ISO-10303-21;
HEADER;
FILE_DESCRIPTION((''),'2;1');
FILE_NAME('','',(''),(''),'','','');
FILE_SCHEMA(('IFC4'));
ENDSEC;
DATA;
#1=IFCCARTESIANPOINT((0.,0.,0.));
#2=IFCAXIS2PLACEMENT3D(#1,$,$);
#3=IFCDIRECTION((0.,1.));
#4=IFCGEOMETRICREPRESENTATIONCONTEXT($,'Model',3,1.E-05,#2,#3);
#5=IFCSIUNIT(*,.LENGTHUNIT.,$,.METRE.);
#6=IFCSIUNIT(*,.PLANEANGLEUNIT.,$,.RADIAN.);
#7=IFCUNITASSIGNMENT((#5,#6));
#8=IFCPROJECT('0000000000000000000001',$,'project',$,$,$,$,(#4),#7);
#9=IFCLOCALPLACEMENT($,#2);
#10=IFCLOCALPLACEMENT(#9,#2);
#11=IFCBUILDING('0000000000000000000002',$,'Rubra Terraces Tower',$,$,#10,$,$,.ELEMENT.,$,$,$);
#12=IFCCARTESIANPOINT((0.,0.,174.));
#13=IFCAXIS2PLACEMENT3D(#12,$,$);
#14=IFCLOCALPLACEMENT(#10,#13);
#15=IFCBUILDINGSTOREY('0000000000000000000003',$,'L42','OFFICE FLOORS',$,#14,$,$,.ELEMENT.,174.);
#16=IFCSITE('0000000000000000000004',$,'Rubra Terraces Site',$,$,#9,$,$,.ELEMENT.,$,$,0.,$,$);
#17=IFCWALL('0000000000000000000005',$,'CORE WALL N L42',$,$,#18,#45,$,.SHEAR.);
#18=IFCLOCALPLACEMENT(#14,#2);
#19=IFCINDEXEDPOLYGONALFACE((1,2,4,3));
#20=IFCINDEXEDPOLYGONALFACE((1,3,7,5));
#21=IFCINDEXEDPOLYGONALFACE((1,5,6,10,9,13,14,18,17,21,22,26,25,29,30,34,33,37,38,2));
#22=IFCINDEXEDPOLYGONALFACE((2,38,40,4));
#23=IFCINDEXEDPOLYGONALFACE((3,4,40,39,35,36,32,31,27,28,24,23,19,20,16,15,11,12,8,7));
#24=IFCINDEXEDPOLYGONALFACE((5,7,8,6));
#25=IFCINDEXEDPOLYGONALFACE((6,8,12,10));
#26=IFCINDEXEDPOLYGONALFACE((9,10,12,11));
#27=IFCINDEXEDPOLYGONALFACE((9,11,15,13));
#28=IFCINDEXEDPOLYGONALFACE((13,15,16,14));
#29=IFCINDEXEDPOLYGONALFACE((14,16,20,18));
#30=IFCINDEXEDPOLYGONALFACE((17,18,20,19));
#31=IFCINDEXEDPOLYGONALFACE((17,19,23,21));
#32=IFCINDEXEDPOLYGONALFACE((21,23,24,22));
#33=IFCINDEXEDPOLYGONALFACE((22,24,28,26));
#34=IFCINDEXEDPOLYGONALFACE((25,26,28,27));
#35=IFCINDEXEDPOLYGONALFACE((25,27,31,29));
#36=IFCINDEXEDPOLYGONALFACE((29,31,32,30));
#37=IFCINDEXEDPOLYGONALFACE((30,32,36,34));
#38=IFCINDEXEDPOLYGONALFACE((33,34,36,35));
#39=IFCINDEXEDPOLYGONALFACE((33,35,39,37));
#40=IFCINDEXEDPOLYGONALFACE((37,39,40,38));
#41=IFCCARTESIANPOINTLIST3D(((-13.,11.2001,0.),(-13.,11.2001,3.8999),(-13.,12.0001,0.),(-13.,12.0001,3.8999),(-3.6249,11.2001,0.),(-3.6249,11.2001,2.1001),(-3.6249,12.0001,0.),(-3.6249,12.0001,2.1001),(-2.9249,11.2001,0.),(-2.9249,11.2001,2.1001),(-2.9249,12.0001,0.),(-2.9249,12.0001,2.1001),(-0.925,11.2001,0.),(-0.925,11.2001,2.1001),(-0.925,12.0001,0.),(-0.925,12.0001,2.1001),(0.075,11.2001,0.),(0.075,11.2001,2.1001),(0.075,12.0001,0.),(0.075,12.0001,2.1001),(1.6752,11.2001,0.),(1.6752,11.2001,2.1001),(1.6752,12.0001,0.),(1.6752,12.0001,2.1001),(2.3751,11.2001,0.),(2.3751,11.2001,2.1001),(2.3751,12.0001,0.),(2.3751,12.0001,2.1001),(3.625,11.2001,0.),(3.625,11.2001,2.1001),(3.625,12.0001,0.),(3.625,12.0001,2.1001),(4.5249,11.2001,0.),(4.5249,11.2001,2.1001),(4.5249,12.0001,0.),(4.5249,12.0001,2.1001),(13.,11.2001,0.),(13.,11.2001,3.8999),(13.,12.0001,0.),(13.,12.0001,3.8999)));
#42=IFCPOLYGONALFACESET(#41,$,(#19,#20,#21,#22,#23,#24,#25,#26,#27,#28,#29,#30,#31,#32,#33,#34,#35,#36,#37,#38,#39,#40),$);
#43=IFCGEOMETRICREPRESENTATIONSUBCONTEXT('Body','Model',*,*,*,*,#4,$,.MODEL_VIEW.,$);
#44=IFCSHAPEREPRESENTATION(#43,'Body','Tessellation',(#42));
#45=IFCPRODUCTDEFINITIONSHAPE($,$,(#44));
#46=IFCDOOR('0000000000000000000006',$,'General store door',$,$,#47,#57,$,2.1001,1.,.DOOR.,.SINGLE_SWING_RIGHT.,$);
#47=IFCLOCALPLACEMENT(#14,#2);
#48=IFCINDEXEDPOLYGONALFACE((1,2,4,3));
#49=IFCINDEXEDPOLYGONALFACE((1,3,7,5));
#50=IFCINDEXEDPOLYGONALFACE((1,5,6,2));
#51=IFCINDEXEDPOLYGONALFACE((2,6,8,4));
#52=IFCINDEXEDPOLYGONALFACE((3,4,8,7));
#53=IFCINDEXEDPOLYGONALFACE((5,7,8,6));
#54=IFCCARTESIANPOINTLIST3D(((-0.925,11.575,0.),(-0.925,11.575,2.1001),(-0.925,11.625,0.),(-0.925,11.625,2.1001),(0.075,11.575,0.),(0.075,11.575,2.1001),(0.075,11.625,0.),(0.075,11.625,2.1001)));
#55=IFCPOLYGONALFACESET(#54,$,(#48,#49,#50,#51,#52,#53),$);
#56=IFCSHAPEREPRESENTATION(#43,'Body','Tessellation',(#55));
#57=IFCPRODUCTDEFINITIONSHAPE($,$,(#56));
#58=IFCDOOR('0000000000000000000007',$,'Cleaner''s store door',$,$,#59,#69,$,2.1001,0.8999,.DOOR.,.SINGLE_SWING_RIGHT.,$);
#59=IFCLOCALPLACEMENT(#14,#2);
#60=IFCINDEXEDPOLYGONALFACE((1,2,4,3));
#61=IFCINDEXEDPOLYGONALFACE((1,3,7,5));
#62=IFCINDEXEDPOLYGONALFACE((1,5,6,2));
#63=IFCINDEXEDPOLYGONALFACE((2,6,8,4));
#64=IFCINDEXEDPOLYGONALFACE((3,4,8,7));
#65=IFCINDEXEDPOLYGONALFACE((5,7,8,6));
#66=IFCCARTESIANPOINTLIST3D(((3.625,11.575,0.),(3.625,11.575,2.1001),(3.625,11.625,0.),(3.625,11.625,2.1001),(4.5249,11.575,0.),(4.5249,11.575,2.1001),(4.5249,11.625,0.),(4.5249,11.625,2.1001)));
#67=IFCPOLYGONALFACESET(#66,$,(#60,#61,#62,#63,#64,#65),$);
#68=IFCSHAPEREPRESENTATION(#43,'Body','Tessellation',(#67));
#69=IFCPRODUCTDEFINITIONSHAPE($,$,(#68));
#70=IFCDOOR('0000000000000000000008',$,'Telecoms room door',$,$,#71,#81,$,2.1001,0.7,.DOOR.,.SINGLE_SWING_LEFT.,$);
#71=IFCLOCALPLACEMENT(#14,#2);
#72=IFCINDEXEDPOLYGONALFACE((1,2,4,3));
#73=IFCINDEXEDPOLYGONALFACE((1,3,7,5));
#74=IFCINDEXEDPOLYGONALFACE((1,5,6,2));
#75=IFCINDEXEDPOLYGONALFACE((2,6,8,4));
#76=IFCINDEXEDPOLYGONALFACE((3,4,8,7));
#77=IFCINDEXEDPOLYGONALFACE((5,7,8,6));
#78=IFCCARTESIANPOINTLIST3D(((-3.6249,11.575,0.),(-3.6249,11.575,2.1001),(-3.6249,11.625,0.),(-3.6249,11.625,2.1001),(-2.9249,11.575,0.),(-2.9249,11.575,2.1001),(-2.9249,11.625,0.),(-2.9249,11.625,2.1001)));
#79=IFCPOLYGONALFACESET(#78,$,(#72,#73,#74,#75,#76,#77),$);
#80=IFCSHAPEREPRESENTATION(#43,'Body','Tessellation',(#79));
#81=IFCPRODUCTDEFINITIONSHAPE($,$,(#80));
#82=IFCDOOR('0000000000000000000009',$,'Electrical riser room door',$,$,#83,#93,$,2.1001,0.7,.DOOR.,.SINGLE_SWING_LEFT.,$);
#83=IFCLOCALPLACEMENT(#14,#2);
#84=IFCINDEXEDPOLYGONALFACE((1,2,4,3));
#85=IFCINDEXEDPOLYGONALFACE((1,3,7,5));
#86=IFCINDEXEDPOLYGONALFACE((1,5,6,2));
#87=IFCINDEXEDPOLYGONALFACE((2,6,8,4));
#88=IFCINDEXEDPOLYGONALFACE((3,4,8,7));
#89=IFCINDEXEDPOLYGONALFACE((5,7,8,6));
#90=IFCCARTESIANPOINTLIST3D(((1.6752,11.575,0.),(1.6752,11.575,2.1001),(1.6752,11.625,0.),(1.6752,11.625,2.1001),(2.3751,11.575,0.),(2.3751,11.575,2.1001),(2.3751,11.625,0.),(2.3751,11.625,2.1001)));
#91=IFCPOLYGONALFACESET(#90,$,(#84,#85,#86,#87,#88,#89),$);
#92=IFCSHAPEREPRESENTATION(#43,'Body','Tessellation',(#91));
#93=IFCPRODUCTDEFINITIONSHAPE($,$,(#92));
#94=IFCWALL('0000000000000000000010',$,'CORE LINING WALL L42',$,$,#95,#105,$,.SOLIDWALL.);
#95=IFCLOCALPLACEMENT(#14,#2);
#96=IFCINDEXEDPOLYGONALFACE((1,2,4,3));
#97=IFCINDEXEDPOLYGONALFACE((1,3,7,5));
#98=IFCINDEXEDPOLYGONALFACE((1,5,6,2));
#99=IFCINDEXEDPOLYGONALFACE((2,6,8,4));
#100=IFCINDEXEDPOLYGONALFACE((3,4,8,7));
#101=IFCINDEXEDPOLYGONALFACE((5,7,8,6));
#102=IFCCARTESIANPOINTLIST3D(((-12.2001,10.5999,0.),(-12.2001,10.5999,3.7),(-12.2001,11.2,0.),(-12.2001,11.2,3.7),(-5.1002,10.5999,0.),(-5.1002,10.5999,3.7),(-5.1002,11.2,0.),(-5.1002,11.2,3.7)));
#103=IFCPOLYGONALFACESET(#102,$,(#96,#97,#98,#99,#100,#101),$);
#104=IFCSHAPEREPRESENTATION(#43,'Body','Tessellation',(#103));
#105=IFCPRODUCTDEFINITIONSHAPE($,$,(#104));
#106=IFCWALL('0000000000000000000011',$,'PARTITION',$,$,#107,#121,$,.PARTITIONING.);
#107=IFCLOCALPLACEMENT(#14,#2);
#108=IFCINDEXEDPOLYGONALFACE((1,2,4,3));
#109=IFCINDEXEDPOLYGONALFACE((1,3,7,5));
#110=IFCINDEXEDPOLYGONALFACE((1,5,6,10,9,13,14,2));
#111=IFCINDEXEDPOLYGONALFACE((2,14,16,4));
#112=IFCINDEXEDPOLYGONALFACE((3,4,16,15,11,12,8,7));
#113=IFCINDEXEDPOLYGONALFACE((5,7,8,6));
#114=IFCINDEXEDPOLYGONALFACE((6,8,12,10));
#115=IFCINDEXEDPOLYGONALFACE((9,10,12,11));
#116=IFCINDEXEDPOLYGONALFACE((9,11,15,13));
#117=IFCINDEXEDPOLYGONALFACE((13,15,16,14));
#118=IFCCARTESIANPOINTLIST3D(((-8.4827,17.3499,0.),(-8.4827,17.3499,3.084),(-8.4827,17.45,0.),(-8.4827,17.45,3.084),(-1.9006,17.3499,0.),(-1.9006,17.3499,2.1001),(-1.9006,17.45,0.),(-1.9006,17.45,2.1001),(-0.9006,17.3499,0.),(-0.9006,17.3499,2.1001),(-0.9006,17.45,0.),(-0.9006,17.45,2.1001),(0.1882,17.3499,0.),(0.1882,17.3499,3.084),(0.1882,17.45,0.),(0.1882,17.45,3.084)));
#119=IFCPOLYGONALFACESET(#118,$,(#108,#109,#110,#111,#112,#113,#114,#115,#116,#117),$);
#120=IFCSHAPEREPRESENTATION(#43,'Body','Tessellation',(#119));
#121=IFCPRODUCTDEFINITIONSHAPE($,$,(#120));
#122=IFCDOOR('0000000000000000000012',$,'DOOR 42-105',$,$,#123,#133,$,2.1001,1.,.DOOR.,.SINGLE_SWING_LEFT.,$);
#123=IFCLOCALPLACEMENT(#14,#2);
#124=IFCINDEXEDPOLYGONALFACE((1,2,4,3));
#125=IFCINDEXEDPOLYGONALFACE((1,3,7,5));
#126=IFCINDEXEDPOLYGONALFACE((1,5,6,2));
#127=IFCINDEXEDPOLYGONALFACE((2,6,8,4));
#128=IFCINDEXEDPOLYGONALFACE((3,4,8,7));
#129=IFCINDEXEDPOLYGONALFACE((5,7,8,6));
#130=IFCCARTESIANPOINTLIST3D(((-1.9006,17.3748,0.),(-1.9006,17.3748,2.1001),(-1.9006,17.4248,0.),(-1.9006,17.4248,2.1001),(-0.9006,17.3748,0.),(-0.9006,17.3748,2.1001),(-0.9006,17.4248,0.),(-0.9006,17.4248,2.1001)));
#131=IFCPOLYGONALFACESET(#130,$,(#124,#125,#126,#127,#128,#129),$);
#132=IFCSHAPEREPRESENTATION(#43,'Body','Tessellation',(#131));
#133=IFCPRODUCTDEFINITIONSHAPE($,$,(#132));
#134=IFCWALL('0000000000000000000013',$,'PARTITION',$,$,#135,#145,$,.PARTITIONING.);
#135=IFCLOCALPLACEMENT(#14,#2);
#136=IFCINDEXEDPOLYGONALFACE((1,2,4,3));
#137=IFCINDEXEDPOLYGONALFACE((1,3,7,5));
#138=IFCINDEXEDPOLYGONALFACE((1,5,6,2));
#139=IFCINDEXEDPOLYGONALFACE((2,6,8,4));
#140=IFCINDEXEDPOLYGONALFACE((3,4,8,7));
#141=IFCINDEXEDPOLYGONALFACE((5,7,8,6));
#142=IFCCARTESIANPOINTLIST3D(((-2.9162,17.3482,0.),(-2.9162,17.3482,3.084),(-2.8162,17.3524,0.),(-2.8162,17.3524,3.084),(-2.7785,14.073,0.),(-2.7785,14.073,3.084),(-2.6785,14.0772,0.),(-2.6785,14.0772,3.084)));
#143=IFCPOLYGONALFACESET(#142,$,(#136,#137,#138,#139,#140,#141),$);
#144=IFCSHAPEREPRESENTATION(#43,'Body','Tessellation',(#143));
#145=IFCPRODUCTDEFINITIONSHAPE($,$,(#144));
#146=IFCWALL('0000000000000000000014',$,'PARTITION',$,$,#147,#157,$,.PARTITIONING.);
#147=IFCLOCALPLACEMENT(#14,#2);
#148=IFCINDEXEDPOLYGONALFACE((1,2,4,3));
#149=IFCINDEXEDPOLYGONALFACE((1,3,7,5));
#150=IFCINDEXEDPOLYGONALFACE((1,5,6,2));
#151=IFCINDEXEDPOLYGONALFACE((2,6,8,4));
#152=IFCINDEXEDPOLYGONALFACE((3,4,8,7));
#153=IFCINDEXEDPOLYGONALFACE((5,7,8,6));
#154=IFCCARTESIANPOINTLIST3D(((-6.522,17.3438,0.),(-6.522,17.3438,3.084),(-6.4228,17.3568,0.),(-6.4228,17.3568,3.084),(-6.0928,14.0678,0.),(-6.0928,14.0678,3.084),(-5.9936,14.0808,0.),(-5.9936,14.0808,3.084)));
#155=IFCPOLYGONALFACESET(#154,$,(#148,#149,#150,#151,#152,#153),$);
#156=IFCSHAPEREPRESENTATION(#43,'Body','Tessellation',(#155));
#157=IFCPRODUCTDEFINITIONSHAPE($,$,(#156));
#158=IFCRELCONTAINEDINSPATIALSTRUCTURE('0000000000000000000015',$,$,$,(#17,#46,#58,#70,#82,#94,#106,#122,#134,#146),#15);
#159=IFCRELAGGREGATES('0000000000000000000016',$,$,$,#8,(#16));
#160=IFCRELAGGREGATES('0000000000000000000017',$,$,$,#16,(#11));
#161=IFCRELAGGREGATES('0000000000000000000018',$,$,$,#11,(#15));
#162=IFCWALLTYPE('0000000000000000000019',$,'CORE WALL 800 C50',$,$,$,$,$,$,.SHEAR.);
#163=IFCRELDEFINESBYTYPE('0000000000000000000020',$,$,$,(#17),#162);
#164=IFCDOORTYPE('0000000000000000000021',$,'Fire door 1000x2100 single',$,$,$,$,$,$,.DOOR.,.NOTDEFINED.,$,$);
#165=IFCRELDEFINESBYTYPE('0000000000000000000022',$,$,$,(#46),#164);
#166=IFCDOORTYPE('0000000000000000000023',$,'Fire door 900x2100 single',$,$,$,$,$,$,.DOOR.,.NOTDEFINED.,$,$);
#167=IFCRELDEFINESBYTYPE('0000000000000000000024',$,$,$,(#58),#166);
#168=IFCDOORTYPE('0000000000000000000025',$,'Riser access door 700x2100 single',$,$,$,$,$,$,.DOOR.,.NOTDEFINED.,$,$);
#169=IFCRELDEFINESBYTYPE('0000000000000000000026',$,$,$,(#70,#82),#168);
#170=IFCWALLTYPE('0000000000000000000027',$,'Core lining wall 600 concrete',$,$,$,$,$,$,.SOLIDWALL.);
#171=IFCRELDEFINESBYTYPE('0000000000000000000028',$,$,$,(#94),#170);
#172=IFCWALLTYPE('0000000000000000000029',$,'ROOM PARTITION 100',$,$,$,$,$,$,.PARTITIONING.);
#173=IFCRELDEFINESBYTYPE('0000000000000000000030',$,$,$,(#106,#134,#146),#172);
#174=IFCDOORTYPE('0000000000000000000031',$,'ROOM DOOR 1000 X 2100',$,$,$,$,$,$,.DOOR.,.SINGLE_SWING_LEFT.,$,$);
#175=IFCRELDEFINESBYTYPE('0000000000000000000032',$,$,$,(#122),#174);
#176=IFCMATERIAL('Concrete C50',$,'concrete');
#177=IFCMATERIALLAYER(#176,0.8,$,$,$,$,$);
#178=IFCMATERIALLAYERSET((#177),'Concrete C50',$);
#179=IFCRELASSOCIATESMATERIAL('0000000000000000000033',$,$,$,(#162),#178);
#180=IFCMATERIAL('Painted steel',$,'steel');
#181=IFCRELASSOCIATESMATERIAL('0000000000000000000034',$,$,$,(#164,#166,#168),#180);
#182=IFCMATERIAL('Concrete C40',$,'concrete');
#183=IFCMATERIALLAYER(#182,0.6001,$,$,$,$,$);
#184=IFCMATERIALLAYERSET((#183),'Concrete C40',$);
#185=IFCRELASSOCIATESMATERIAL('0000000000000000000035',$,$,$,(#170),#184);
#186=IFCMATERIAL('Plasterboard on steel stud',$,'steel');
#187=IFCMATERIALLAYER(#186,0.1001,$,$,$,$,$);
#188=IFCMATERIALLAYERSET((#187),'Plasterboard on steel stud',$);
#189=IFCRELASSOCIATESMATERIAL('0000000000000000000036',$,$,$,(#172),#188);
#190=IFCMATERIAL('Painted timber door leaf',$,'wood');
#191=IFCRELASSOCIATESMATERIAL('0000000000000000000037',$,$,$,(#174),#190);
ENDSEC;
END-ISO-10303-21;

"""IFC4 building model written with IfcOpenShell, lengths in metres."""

from ifc_helpers import new_model, si_unit, direction, frame, frame_2d, origin, place, context, subcontext, project, spatial, rectangle, extrude, material, layer, layer_set, type_object, element, fill, save


model = new_model("IFC4")

# Units and contexts
model_context = context("Model", 3, precision=1e-05, world=origin(), true_north=direction((0.0, 1.0)))
body_context = subcontext(model_context, "Body", "Model", "MODEL_VIEW")
ifc_project = project(units=[si_unit("LENGTHUNIT", "METRE"), si_unit("PLANEANGLEUNIT", "RADIAN")], contexts=[model_context])

# Site, building, storey
site_placement = place(None, origin())
site = spatial("IfcSite", under=ifc_project, at=site_placement, Name="Rubra Terraces Site", CompositionType="ELEMENT", RefElevation=0.0)
building_placement = place(site_placement, origin())
building = spatial("IfcBuilding", under=site, at=building_placement, Name="Rubra Terraces Tower", CompositionType="ELEMENT")
storey_placement = place(building_placement, frame((0.0, 0.0, 174.0)))
storey = spatial("IfcBuildingStorey", under=building, at=storey_placement, Name="L42", Description="OFFICE FLOORS", CompositionType="ELEMENT", Elevation=174.0)

# Shared definitions
ifc_material_1 = material(Name="Concrete C50", Category="concrete")

# Wall, openings, doors
ifc_layer_1 = layer(ifc_material_1, 0.8)
ifc_layer_set_1 = layer_set([ifc_layer_1], Name="Concrete C50")
wall_type_1 = type_object("IfcWallType", Name="CORE WALL 800 C50", PredefinedType="SHEAR", material=ifc_layer_set_1)
wall_1_placement = place(storey_placement, frame((-13.0, 11.6001, 0.0), z_axis=(0.0, 0.0, 1.0), x_axis=(1.0, 0.0, 0.0)))
wall_1 = element("IfcWall", 1, at=wall_1_placement, inside=storey, type_object=wall_type_1, Name="CORE WALL N L42", PredefinedType="SHEAR", context=body_context, shape_type="SweptSolid", body=[
    extrude(rectangle(XDim=26.0, YDim=0.8, at=frame_2d((13.0, 0.0))), origin(), (0.0, 0.0, 1.0), 3.8999),
])
opening_1_placement = place(wall_1_placement, frame((9.375, 0.0, 0.0)))
opening_1 = element("IfcOpeningElement", 2, at=opening_1_placement, cuts=wall_1, PredefinedType="OPENING", context=body_context, shape_type="SweptSolid", body=[
    extrude(rectangle(XDim=0.7, YDim=2.1001, at=frame_2d((0.3501, 1.05))), frame((0.0, 0.4099, 0.0), z_axis=(0.0, -1.0, 0.0), x_axis=(1.0, 0.0, 0.0)), (0.0, 0.0, 1.0), 0.8201),
])
opening_2_placement = place(wall_1_placement, frame((12.075, 0.0, 0.0)))
opening_2 = element("IfcOpeningElement", 3, at=opening_2_placement, cuts=wall_1, PredefinedType="OPENING", context=body_context, shape_type="SweptSolid", body=[
    extrude(rectangle(XDim=1.0, YDim=2.1001, at=frame_2d((0.5, 1.05))), frame((0.0, 0.4099, 0.0), z_axis=(0.0, -1.0, 0.0), x_axis=(1.0, 0.0, 0.0)), (0.0, 0.0, 1.0), 0.8201),
])
opening_3_placement = place(wall_1_placement, frame((14.675, 0.0, 0.0)))
opening_3 = element("IfcOpeningElement", 4, at=opening_3_placement, cuts=wall_1, PredefinedType="OPENING", context=body_context, shape_type="SweptSolid", body=[
    extrude(rectangle(XDim=0.7, YDim=2.1001, at=frame_2d((0.3501, 1.05))), frame((0.0, 0.4099, 0.0), z_axis=(0.0, -1.0, 0.0), x_axis=(1.0, 0.0, 0.0)), (0.0, 0.0, 1.0), 0.8201),
])
opening_4_placement = place(wall_1_placement, frame((16.625, 0.0, 0.0)))
opening_4 = element("IfcOpeningElement", 5, at=opening_4_placement, cuts=wall_1, PredefinedType="OPENING", context=body_context, shape_type="SweptSolid", body=[
    extrude(rectangle(XDim=0.8999, YDim=2.1001, at=frame_2d((0.45, 1.05))), frame((0.0, 0.4099, 0.0), z_axis=(0.0, -1.0, 0.0), x_axis=(1.0, 0.0, 0.0)), (0.0, 0.0, 1.0), 0.8201),
])
ifc_material_2 = material(Name="Painted steel", Category="steel")
door_type_1 = type_object("IfcDoorType", Name="Fire door 1000x2100 single", OperationType="NOTDEFINED", PredefinedType="DOOR", material=ifc_material_2)
door_1_placement = place(opening_2_placement, origin())
door_1 = element("IfcDoor", 6, at=door_1_placement, inside=storey, type_object=door_type_1, Name="General store door", OperationType="SINGLE_SWING_RIGHT", OverallHeight=2.1001, OverallWidth=1.0, PredefinedType="DOOR", context=body_context, shape_type="SweptSolid", body=[
    extrude(rectangle(XDim=1.0, YDim=2.1001, at=frame_2d((0.5, 1.05))), frame((0.0, 0.0249, 0.0), z_axis=(0.0, -1.0, 0.0), x_axis=(1.0, 0.0, 0.0)), (0.0, 0.0, 1.0), 0.05),
])
fill(opening_2, door_1)
door_type_2 = type_object("IfcDoorType", Name="Fire door 900x2100 single", OperationType="NOTDEFINED", PredefinedType="DOOR", material=ifc_material_2)
door_2_placement = place(opening_4_placement, origin())
door_2 = element("IfcDoor", 7, at=door_2_placement, inside=storey, type_object=door_type_2, Name="Cleaner's store door", OperationType="SINGLE_SWING_RIGHT", OverallHeight=2.1001, OverallWidth=0.8999, PredefinedType="DOOR", context=body_context, shape_type="SweptSolid", body=[
    extrude(rectangle(XDim=0.8999, YDim=2.1001, at=frame_2d((0.45, 1.05))), frame((0.0, 0.0249, 0.0), z_axis=(0.0, -1.0, 0.0), x_axis=(1.0, 0.0, 0.0)), (0.0, 0.0, 1.0), 0.05),
])
fill(opening_4, door_2)
door_type_3 = type_object("IfcDoorType", Name="Riser access door 700x2100 single", OperationType="NOTDEFINED", PredefinedType="DOOR", material=ifc_material_2)
door_3_placement = place(opening_1_placement, origin())
door_3 = element("IfcDoor", 8, at=door_3_placement, inside=storey, type_object=door_type_3, Name="Telecoms room door", OperationType="SINGLE_SWING_LEFT", OverallHeight=2.1001, OverallWidth=0.7, PredefinedType="DOOR", context=body_context, shape_type="SweptSolid", body=[
    extrude(rectangle(XDim=0.7, YDim=2.1001, at=frame_2d((0.3501, 1.05))), frame((0.0, 0.0249, 0.0), z_axis=(0.0, -1.0, 0.0), x_axis=(1.0, 0.0, 0.0)), (0.0, 0.0, 1.0), 0.05),
])
fill(opening_1, door_3)
door_4_placement = place(opening_3_placement, origin())
door_4 = element("IfcDoor", 9, at=door_4_placement, inside=storey, type_object=door_type_3, Name="Electrical riser room door", OperationType="SINGLE_SWING_LEFT", OverallHeight=2.1001, OverallWidth=0.7, PredefinedType="DOOR", context=body_context, shape_type="SweptSolid", body=[
    extrude(rectangle(XDim=0.7, YDim=2.1001, at=frame_2d((0.3501, 1.05))), frame((0.0, 0.0249, 0.0), z_axis=(0.0, -1.0, 0.0), x_axis=(1.0, 0.0, 0.0)), (0.0, 0.0, 1.0), 0.05),
])
fill(opening_3, door_4)

# Wall
ifc_material_3 = material(Name="Concrete C40", Category="concrete")
ifc_layer_2 = layer(ifc_material_3, 0.6001)
ifc_layer_set_2 = layer_set([ifc_layer_2], Name="Concrete C40")
wall_type_2 = type_object("IfcWallType", Name="Core lining wall 600 concrete", PredefinedType="SOLIDWALL", material=ifc_layer_set_2)
wall_2_placement = place(storey_placement, frame((-12.2, 10.8999, 0.0), z_axis=(0.0, 0.0, 1.0), x_axis=(1.0, 0.0, 0.0)))
element("IfcWall", 10, at=wall_2_placement, inside=storey, type_object=wall_type_2, Name="CORE LINING WALL L42", PredefinedType="SOLIDWALL", context=body_context, shape_type="SweptSolid", body=[
    extrude(rectangle(XDim=7.0999, YDim=0.6001, at=frame_2d((3.5498, 0.0))), origin(), (0.0, 0.0, 1.0), 3.7),
])

# Wall, opening, door
ifc_material_4 = material(Name="Plasterboard on steel stud", Category="steel")
ifc_layer_3 = layer(ifc_material_4, 0.1001)
ifc_layer_set_3 = layer_set([ifc_layer_3], Name="Plasterboard on steel stud")
wall_type_3 = type_object("IfcWallType", Name="ROOM PARTITION 100", PredefinedType="PARTITIONING", material=ifc_layer_set_3)
wall_3_placement = place(storey_placement, frame((-8.4827, 17.3999, 0.0), z_axis=(0.0, 0.0, 1.0), x_axis=(1.0, 0.0, 0.0)))
wall_3 = element("IfcWall", 11, at=wall_3_placement, inside=storey, type_object=wall_type_3, Name="PARTITION", PredefinedType="PARTITIONING", context=body_context, shape_type="SweptSolid", body=[
    extrude(rectangle(XDim=8.6709, YDim=0.1001, at=frame_2d((4.3354, 0.0))), origin(), (0.0, 0.0, 1.0), 3.084),
])
opening_5_placement = place(wall_3_placement, frame((6.582, 0.0, 0.0)))
opening_5 = element("IfcOpeningElement", 12, at=opening_5_placement, cuts=wall_3, PredefinedType="OPENING", context=body_context, shape_type="SweptSolid", body=[
    extrude(rectangle(XDim=1.0, YDim=2.1001, at=frame_2d((0.5, 1.05))), frame((0.0, 0.0601, 0.0), z_axis=(0.0, -1.0, 0.0), x_axis=(1.0, 0.0, 0.0)), (0.0, 0.0, 1.0), 0.1201),
])
ifc_material_5 = material(Name="Painted timber door leaf", Category="wood")
door_type_4 = type_object("IfcDoorType", Name="ROOM DOOR 1000 X 2100", OperationType="SINGLE_SWING_LEFT", PredefinedType="DOOR", material=ifc_material_5)
door_5_placement = place(opening_5_placement, origin())
door_5 = element("IfcDoor", 13, at=door_5_placement, inside=storey, type_object=door_type_4, Name="DOOR 42-105", OperationType="SINGLE_SWING_LEFT", OverallHeight=2.1001, OverallWidth=1.0, PredefinedType="DOOR", context=body_context, shape_type="SweptSolid", body=[
    extrude(rectangle(XDim=1.0, YDim=2.1001, at=frame_2d((0.5, 1.05))), frame((0.0, 0.0249, 0.0), z_axis=(0.0, -1.0, 0.0), x_axis=(1.0, 0.0, 0.0)), (0.0, 0.0, 1.0), 0.05),
])
fill(opening_5, door_5)

# Walls
wall_4_placement = place(storey_placement, frame((-2.7285, 14.075, 0.0), z_axis=(0.0, 0.0, 1.0), x_axis=(-0.042005, 0.999117, 0.0)))
element("IfcWall", 14, at=wall_4_placement, inside=storey, type_object=wall_type_3, Name="PARTITION", PredefinedType="PARTITIONING", context=body_context, shape_type="SweptSolid", body=[
    extrude(rectangle(XDim=3.2781, YDim=0.1001, at=frame_2d((1.6392, 0.0))), origin(), (0.0, 0.0, 1.0), 3.084),
])
wall_5_placement = place(storey_placement, frame((-6.0432, 14.0745, 0.0), z_axis=(0.0, 0.0, 1.0), x_axis=(-0.129908, 0.991526, 0.0)))
element("IfcWall", 15, at=wall_5_placement, inside=storey, type_object=wall_type_3, Name="PARTITION", PredefinedType="PARTITIONING", context=body_context, shape_type="SweptSolid", body=[
    extrude(rectangle(XDim=3.304, YDim=0.1001, at=frame_2d((1.6519, 0.0))), origin(), (0.0, 0.0, 1.0), 3.084),
])

save(model, "model.ifc")
